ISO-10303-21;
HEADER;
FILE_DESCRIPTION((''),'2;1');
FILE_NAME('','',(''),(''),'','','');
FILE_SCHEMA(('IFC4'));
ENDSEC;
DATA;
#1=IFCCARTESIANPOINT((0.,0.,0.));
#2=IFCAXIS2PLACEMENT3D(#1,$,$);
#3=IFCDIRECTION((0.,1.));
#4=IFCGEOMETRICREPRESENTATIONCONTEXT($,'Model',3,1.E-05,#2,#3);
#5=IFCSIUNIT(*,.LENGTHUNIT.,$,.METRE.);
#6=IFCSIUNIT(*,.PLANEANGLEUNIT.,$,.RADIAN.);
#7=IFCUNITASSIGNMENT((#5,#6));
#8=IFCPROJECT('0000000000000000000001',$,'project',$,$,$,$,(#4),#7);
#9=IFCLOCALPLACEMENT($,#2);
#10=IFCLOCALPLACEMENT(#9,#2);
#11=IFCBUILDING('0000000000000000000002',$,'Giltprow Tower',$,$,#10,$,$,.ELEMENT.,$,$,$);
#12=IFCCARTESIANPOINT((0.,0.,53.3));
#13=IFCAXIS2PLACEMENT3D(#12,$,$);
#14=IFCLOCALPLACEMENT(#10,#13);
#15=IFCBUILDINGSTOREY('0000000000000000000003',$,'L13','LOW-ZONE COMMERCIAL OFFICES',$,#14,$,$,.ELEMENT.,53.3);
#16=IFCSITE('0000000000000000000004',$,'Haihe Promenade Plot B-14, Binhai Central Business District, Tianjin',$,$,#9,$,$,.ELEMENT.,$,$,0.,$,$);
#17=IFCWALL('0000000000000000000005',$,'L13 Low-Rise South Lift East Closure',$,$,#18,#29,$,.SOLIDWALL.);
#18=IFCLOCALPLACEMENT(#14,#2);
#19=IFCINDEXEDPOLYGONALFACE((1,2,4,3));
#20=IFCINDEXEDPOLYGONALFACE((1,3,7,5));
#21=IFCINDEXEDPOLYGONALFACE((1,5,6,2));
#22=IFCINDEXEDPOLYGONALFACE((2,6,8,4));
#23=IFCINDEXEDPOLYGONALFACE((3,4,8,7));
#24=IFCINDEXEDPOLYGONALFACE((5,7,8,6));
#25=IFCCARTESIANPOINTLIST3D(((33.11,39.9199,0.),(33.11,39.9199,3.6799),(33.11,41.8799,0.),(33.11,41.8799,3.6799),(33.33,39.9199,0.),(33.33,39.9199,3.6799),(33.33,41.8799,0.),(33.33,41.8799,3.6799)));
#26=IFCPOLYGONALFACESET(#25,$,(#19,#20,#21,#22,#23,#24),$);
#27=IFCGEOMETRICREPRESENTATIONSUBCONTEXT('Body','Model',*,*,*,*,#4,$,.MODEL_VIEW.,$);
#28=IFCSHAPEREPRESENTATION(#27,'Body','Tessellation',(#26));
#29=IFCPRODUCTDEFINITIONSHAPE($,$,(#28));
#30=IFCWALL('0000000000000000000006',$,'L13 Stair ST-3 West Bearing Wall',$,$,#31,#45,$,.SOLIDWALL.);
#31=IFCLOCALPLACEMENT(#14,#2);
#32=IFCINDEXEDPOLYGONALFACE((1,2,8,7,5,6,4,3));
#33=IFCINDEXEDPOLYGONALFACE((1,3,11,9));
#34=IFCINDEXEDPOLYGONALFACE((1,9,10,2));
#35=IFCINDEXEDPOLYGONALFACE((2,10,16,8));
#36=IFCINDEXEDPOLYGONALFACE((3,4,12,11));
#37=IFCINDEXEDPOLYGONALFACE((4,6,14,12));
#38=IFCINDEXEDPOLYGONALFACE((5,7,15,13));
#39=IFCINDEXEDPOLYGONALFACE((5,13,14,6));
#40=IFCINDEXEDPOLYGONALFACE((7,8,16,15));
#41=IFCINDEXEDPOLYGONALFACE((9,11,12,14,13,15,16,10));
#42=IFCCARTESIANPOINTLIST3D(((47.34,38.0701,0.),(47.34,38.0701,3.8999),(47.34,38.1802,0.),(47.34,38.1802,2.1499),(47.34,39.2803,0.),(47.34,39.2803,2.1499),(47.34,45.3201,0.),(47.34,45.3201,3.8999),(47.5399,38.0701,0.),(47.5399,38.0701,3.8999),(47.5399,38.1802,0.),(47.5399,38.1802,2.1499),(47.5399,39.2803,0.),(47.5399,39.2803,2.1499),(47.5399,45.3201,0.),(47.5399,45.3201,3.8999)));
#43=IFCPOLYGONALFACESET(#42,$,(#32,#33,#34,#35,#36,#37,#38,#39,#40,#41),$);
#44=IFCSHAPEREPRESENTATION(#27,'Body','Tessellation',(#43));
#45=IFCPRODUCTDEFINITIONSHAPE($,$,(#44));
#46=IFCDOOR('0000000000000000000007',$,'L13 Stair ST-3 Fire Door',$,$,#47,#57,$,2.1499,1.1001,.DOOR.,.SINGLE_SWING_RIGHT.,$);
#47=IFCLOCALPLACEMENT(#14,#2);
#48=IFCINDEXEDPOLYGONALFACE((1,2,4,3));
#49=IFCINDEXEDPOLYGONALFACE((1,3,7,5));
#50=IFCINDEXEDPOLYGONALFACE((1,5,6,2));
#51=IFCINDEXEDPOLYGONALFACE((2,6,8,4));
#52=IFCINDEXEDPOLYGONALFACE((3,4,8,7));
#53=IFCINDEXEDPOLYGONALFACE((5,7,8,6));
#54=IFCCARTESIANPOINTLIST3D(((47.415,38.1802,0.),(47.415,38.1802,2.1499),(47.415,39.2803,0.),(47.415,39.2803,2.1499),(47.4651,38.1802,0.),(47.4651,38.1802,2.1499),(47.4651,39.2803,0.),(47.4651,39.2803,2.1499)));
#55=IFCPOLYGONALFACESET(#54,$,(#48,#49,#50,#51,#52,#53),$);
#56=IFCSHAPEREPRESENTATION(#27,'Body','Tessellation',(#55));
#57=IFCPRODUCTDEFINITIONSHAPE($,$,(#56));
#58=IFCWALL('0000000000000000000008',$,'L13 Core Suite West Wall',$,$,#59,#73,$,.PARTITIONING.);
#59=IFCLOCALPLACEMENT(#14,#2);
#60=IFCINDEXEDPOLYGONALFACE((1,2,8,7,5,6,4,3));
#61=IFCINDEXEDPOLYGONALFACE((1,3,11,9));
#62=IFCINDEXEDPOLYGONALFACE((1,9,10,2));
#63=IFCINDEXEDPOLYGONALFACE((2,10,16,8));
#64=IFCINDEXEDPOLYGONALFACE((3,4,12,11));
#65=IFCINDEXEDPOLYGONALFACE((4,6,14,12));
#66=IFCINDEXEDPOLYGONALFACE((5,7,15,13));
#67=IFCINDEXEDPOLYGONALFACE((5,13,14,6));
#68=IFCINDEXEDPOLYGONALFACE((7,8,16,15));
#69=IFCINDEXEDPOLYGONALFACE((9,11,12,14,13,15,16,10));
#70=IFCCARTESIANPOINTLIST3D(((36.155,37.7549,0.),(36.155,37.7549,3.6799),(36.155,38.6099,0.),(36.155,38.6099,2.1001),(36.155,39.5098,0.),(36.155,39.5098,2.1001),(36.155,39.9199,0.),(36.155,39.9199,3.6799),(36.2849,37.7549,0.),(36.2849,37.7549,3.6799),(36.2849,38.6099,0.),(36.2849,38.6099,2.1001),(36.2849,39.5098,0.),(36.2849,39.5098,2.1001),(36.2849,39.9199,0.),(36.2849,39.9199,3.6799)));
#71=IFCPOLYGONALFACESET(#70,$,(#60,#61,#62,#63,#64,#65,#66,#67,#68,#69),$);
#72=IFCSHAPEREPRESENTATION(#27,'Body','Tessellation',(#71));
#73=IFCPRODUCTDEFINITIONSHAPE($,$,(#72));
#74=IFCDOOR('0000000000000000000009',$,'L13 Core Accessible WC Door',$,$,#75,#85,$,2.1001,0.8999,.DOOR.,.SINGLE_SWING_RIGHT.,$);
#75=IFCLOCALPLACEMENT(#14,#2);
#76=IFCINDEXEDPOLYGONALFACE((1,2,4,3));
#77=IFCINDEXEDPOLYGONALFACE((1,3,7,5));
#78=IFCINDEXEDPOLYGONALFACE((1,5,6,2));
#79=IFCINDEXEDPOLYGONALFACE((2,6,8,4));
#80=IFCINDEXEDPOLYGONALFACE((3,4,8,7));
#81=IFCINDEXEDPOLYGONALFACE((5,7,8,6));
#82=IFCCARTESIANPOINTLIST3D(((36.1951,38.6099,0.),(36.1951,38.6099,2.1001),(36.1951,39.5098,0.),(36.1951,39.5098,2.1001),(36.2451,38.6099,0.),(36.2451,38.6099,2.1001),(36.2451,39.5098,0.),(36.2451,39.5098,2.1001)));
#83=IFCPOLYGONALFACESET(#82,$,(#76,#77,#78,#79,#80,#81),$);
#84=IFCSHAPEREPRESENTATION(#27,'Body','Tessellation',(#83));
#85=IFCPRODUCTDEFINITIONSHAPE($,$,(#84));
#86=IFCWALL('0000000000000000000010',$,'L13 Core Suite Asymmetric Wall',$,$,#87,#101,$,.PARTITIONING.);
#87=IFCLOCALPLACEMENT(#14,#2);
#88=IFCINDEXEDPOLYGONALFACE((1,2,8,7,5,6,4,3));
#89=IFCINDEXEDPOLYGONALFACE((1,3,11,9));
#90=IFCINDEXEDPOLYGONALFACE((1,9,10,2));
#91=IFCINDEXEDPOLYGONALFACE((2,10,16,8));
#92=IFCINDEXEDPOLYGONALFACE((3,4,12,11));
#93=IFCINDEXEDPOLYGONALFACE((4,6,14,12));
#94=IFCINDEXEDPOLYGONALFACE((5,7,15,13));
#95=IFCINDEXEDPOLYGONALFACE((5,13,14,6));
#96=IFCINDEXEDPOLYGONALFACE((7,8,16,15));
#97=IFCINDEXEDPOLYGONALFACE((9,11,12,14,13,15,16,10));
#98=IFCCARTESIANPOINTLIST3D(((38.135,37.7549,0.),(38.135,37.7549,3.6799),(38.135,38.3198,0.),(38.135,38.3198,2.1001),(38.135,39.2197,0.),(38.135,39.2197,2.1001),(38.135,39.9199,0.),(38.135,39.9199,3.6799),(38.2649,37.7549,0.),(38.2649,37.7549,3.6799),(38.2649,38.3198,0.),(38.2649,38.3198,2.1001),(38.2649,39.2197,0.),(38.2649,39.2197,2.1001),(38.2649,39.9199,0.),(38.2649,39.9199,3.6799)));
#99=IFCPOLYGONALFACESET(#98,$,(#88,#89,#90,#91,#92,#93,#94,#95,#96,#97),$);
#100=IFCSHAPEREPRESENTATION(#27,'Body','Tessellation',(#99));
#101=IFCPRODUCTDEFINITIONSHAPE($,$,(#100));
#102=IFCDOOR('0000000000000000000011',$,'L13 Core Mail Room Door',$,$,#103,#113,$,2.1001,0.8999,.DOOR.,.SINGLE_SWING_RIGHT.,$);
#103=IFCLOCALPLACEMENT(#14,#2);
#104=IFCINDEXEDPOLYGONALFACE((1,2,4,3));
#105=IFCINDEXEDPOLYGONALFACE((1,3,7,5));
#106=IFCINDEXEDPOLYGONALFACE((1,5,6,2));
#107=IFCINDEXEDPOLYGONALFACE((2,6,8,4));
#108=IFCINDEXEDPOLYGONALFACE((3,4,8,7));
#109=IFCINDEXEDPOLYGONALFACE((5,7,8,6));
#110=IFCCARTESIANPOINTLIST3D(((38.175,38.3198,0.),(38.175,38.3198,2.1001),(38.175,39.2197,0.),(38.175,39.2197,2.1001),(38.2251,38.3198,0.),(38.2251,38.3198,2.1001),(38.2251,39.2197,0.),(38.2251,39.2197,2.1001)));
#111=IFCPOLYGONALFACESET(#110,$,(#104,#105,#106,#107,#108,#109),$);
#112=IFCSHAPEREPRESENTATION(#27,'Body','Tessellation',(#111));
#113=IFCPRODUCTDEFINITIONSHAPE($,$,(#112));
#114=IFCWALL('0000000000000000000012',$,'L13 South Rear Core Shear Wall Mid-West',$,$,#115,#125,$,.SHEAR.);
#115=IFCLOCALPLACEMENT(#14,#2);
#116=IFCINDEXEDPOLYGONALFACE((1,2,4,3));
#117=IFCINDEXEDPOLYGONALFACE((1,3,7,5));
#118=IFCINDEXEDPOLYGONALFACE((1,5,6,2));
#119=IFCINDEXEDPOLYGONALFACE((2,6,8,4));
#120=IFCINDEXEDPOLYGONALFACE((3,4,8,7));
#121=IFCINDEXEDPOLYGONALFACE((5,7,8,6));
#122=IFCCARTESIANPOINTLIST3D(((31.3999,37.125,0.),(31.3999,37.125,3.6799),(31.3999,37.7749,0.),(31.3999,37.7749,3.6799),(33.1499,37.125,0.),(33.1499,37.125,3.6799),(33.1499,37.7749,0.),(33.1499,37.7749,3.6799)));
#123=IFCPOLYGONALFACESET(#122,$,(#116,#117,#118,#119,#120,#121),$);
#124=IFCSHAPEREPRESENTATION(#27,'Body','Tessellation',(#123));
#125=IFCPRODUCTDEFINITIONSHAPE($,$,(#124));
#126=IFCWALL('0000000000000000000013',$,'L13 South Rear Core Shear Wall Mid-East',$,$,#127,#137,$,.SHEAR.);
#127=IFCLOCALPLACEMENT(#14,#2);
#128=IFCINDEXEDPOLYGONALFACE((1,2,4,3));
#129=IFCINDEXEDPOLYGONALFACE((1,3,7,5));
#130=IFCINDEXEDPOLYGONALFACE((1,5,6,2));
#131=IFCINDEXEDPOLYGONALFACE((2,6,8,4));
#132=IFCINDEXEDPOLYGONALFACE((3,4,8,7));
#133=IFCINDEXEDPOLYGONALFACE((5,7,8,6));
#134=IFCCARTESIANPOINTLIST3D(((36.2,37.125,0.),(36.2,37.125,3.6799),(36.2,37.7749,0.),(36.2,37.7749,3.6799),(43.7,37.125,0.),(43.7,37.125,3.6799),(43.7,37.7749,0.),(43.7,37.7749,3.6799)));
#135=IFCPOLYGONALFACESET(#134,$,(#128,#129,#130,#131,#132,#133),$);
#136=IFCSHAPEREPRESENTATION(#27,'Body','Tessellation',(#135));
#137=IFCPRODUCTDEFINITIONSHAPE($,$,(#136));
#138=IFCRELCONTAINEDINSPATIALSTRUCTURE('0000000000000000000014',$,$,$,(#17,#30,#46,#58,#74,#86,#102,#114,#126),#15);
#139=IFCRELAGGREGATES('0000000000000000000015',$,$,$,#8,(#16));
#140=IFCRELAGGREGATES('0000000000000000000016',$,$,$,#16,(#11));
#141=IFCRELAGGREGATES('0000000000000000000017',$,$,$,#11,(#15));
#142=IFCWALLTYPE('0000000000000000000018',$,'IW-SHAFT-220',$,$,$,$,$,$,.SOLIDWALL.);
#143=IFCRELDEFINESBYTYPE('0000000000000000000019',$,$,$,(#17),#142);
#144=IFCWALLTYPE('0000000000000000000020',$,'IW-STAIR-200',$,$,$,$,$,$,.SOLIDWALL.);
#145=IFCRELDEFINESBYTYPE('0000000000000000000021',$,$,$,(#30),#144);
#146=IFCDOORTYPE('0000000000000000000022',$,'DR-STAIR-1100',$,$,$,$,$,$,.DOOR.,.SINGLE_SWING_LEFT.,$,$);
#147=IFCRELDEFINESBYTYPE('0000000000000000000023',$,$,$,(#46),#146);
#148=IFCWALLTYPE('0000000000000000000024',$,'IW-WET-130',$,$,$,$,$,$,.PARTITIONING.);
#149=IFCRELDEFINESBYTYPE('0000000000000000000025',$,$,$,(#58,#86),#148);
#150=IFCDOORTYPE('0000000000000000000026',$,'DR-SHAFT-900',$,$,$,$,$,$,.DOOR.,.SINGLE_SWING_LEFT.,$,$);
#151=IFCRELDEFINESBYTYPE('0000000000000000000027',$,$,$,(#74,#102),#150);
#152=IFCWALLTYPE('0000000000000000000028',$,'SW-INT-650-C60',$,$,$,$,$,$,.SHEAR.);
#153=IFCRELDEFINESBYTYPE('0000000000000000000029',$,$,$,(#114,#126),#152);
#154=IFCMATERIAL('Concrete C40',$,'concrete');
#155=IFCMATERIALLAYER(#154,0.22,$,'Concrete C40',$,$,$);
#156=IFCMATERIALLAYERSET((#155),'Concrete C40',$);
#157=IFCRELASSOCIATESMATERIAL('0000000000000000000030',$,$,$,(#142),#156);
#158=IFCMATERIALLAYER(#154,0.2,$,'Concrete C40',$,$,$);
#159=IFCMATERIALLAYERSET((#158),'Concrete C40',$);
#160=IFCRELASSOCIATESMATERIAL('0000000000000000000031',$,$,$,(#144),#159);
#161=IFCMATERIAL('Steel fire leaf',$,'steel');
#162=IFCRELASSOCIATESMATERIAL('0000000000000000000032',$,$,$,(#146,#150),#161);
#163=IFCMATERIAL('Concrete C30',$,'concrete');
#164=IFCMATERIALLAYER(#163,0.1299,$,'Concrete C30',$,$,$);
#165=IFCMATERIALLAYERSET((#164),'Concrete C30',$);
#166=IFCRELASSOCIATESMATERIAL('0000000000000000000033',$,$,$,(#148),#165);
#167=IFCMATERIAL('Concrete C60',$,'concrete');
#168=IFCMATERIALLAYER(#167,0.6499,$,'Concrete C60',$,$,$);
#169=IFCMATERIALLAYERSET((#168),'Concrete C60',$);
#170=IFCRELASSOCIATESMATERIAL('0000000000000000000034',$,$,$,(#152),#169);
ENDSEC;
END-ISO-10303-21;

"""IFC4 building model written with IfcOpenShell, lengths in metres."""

from ifc_helpers import new_model, si_unit, direction, frame, frame_2d, origin, place, context, subcontext, project, spatial, rectangle, extrude, source, transform, mapped, material, layer, layer_set, type_object, element, fill, save


model = new_model("IFC4")

# Units and contexts
model_context = context("Model", 3, precision=1e-05, world=origin(), true_north=direction((0.0, 1.0)))
body_context = subcontext(model_context, "Body", "Model", "MODEL_VIEW")
ifc_project = project(units=[si_unit("LENGTHUNIT", "METRE"), si_unit("PLANEANGLEUNIT", "RADIAN")], contexts=[model_context])

# Site, building, storey
site_placement = place(None, origin())
site = spatial("IfcSite", under=ifc_project, at=site_placement, Name="Haihe Promenade Plot B-14, Binhai Central Business District, Tianjin", CompositionType="ELEMENT", RefElevation=0.0)
building_placement = place(site_placement, origin())
building = spatial("IfcBuilding", under=site, at=building_placement, Name="Giltprow Tower", CompositionType="ELEMENT")
storey_placement = place(building_placement, frame((0.0, 0.0, 53.3)))
storey = spatial("IfcBuildingStorey", under=building, at=storey_placement, Name="L13", Description="LOW-ZONE COMMERCIAL OFFICES", CompositionType="ELEMENT", Elevation=53.3)

# Shared definitions
ifc_material_1 = material(Name="Concrete C60", Category="concrete")

# Wall
ifc_material_2 = material(Name="Concrete C40", Category="concrete")
ifc_layer_1 = layer(ifc_material_2, 0.22, Name="Concrete C40")
ifc_layer_set_1 = layer_set([ifc_layer_1], Name="Concrete C40")
wall_type_1 = type_object("IfcWallType", Name="IW-SHAFT-220", PredefinedType="SOLIDWALL", material=ifc_layer_set_1)
wall_1_placement = place(storey_placement, frame((33.22, 39.9199, 0.0), z_axis=(0.0, 0.0, 1.0), x_axis=(0.0, 1.0, 0.0)))
element("IfcWall", 1, at=wall_1_placement, inside=storey, type_object=wall_type_1, Name="L13 Low-Rise South Lift East Closure", PredefinedType="SOLIDWALL", context=body_context, shape_type="SweptSolid", body=[
    extrude(rectangle(XDim=1.96, YDim=0.22, at=frame_2d((0.98, 0.0))), origin(), (0.0, 0.0, 1.0), 3.6799),
])

# Walls, openings, doors
ifc_layer_2 = layer(ifc_material_2, 0.2, Name="Concrete C40")
ifc_layer_set_2 = layer_set([ifc_layer_2], Name="Concrete C40")
wall_type_2 = type_object("IfcWallType", Name="IW-STAIR-200", PredefinedType="SOLIDWALL", material=ifc_layer_set_2)
wall_2_placement = place(storey_placement, frame((47.4399, 38.0701, 0.0), z_axis=(0.0, 0.0, 1.0), x_axis=(0.0, 1.0, 0.0)))
wall_2 = element("IfcWall", 2, at=wall_2_placement, inside=storey, type_object=wall_type_2, Name="L13 Stair ST-3 West Bearing Wall", PredefinedType="SOLIDWALL", context=body_context, shape_type="SweptSolid", body=[
    extrude(rectangle(XDim=7.25, YDim=0.2, at=frame_2d((3.625, 0.0))), origin(), (0.0, 0.0, 1.0), 3.8999),
])
opening_1_placement = place(wall_2_placement, frame((0.1101, 0.0, 0.0)))
opening_1 = element("IfcOpeningElement", 3, at=opening_1_placement, cuts=wall_2, PredefinedType="OPENING", context=body_context, shape_type="SweptSolid", body=[
    extrude(rectangle(XDim=1.1001, YDim=2.1499, at=frame_2d((0.55, 1.075))), frame((0.0, 0.1099, 0.0), z_axis=(0.0, -1.0, 0.0), x_axis=(1.0, 0.0, 0.0)), (0.0, 0.0, 1.0), 0.22),
])
ifc_material_3 = material(Name="Steel fire leaf", Category="steel")
door_type_1 = type_object("IfcDoorType", Name="DR-STAIR-1100", OperationType="SINGLE_SWING_LEFT", PredefinedType="DOOR", material=ifc_material_3)
shared_shape_1 = source(origin(), body_context, "Body", "SweptSolid", [
    extrude(rectangle(XDim=1.1001, YDim=2.1499, at=frame_2d((0.55, 1.075))), frame((0.0, 0.0249, 0.0), z_axis=(0.0, -1.0, 0.0), x_axis=(1.0, 0.0, 0.0)), (0.0, 0.0, 1.0), 0.05),
])
door_1_placement = place(opening_1_placement, origin())
door_1 = element("IfcDoor", 4, at=door_1_placement, inside=storey, type_object=door_type_1, Name="L13 Stair ST-3 Fire Door", OperationType="SINGLE_SWING_RIGHT", OverallHeight=2.1499, OverallWidth=1.1001, PredefinedType="DOOR", context=body_context, shape_type="MappedRepresentation", body=[
    mapped(shared_shape_1, transform((0.0, 0.0, 0.0), x_axis=(1.0, 0.0, 0.0), y_axis=(0.0, 1.0, 0.0), z_axis=(0.0, 0.0, 1.0), scale=1.0)),
])
fill(opening_1, door_1)
ifc_material_4 = material(Name="Concrete C30", Category="concrete")
ifc_layer_3 = layer(ifc_material_4, 0.1299, Name="Concrete C30")
ifc_layer_set_3 = layer_set([ifc_layer_3], Name="Concrete C30")
wall_type_3 = type_object("IfcWallType", Name="IW-WET-130", PredefinedType="PARTITIONING", material=ifc_layer_set_3)
wall_3_placement = place(storey_placement, frame((36.22, 37.7549, 0.0), z_axis=(0.0, 0.0, 1.0), x_axis=(0.0, 1.0, 0.0)))
wall_3 = element("IfcWall", 5, at=wall_3_placement, inside=storey, type_object=wall_type_3, Name="L13 Core Suite West Wall", PredefinedType="PARTITIONING", context=body_context, shape_type="SweptSolid", body=[
    extrude(rectangle(XDim=2.165, YDim=0.1299, at=frame_2d((1.0825, 0.0))), origin(), (0.0, 0.0, 1.0), 3.6799),
])
opening_2_placement = place(wall_3_placement, frame((0.855, 0.0, 0.0)))
opening_2 = element("IfcOpeningElement", 6, at=opening_2_placement, cuts=wall_3, PredefinedType="OPENING", context=body_context, shape_type="SweptSolid", body=[
    extrude(rectangle(XDim=0.8999, YDim=2.1001, at=frame_2d((0.45, 1.05))), frame((0.0, 0.075, 0.0), z_axis=(0.0, -1.0, 0.0), x_axis=(1.0, 0.0, 0.0)), (0.0, 0.0, 1.0), 0.1499),
])
door_type_2 = type_object("IfcDoorType", Name="DR-SHAFT-900", OperationType="SINGLE_SWING_LEFT", PredefinedType="DOOR", material=ifc_material_3)
shared_shape_2 = source(origin(), body_context, "Body", "SweptSolid", [
    extrude(rectangle(XDim=0.8999, YDim=2.1001, at=frame_2d((0.45, 1.05))), frame((0.0, 0.0249, 0.0), z_axis=(0.0, -1.0, 0.0), x_axis=(1.0, 0.0, 0.0)), (0.0, 0.0, 1.0), 0.05),
])
door_2_placement = place(opening_2_placement, origin())
door_2 = element("IfcDoor", 7, at=door_2_placement, inside=storey, type_object=door_type_2, Name="L13 Core Accessible WC Door", OperationType="SINGLE_SWING_RIGHT", OverallHeight=2.1001, OverallWidth=0.8999, PredefinedType="DOOR", context=body_context, shape_type="MappedRepresentation", body=[
    mapped(shared_shape_2, transform((0.0, 0.0, 0.0), x_axis=(1.0, 0.0, 0.0), y_axis=(0.0, 1.0, 0.0), z_axis=(0.0, 0.0, 1.0), scale=1.0)),
])
fill(opening_2, door_2)
wall_4_placement = place(storey_placement, frame((38.2, 37.7549, 0.0), z_axis=(0.0, 0.0, 1.0), x_axis=(0.0, 1.0, 0.0)))
wall_4 = element("IfcWall", 8, at=wall_4_placement, inside=storey, type_object=wall_type_3, Name="L13 Core Suite Asymmetric Wall", PredefinedType="PARTITIONING", context=body_context, shape_type="SweptSolid", body=[
    extrude(rectangle(XDim=2.165, YDim=0.1299, at=frame_2d((1.0825, 0.0))), origin(), (0.0, 0.0, 1.0), 3.6799),
])
opening_3_placement = place(wall_4_placement, frame((0.5649, 0.0, 0.0)))
opening_3 = element("IfcOpeningElement", 9, at=opening_3_placement, cuts=wall_4, PredefinedType="OPENING", context=body_context, shape_type="SweptSolid", body=[
    extrude(rectangle(XDim=0.8999, YDim=2.1001, at=frame_2d((0.45, 1.05))), frame((0.0, 0.075, 0.0), z_axis=(0.0, -1.0, 0.0), x_axis=(1.0, 0.0, 0.0)), (0.0, 0.0, 1.0), 0.1499),
])
door_3_placement = place(opening_3_placement, origin())
door_3 = element("IfcDoor", 10, at=door_3_placement, inside=storey, type_object=door_type_2, Name="L13 Core Mail Room Door", OperationType="SINGLE_SWING_RIGHT", OverallHeight=2.1001, OverallWidth=0.8999, PredefinedType="DOOR", context=body_context, shape_type="MappedRepresentation", body=[
    mapped(shared_shape_2, transform((0.0, 0.0, 0.0), x_axis=(1.0, 0.0, 0.0), y_axis=(0.0, 1.0, 0.0), z_axis=(0.0, 0.0, 1.0), scale=1.0)),
])
fill(opening_3, door_3)

# Walls
ifc_layer_4 = layer(ifc_material_1, 0.6499, Name="Concrete C60")
ifc_layer_set_4 = layer_set([ifc_layer_4], Name="Concrete C60")
wall_type_4 = type_object("IfcWallType", Name="SW-INT-650-C60", PredefinedType="SHEAR", material=ifc_layer_set_4)
wall_5_placement = place(storey_placement, frame((31.3999, 37.45, 0.0), z_axis=(0.0, 0.0, 1.0), x_axis=(1.0, 0.0, 0.0)))
element("IfcWall", 11, at=wall_5_placement, inside=storey, type_object=wall_type_4, Name="L13 South Rear Core Shear Wall Mid-West", PredefinedType="SHEAR", context=body_context, shape_type="SweptSolid", body=[
    extrude(rectangle(XDim=1.75, YDim=0.6499, at=frame_2d((0.875, 0.0))), origin(), (0.0, 0.0, 1.0), 3.6799),
])
wall_6_placement = place(storey_placement, frame((36.2, 37.45, 0.0), z_axis=(0.0, 0.0, 1.0), x_axis=(1.0, 0.0, 0.0)))
element("IfcWall", 12, at=wall_6_placement, inside=storey, type_object=wall_type_4, Name="L13 South Rear Core Shear Wall Mid-East", PredefinedType="SHEAR", context=body_context, shape_type="SweptSolid", body=[
    extrude(rectangle(XDim=7.5, YDim=0.6499, at=frame_2d((3.75, 0.0))), origin(), (0.0, 0.0, 1.0), 3.6799),
])

save(model, "model.ifc")
